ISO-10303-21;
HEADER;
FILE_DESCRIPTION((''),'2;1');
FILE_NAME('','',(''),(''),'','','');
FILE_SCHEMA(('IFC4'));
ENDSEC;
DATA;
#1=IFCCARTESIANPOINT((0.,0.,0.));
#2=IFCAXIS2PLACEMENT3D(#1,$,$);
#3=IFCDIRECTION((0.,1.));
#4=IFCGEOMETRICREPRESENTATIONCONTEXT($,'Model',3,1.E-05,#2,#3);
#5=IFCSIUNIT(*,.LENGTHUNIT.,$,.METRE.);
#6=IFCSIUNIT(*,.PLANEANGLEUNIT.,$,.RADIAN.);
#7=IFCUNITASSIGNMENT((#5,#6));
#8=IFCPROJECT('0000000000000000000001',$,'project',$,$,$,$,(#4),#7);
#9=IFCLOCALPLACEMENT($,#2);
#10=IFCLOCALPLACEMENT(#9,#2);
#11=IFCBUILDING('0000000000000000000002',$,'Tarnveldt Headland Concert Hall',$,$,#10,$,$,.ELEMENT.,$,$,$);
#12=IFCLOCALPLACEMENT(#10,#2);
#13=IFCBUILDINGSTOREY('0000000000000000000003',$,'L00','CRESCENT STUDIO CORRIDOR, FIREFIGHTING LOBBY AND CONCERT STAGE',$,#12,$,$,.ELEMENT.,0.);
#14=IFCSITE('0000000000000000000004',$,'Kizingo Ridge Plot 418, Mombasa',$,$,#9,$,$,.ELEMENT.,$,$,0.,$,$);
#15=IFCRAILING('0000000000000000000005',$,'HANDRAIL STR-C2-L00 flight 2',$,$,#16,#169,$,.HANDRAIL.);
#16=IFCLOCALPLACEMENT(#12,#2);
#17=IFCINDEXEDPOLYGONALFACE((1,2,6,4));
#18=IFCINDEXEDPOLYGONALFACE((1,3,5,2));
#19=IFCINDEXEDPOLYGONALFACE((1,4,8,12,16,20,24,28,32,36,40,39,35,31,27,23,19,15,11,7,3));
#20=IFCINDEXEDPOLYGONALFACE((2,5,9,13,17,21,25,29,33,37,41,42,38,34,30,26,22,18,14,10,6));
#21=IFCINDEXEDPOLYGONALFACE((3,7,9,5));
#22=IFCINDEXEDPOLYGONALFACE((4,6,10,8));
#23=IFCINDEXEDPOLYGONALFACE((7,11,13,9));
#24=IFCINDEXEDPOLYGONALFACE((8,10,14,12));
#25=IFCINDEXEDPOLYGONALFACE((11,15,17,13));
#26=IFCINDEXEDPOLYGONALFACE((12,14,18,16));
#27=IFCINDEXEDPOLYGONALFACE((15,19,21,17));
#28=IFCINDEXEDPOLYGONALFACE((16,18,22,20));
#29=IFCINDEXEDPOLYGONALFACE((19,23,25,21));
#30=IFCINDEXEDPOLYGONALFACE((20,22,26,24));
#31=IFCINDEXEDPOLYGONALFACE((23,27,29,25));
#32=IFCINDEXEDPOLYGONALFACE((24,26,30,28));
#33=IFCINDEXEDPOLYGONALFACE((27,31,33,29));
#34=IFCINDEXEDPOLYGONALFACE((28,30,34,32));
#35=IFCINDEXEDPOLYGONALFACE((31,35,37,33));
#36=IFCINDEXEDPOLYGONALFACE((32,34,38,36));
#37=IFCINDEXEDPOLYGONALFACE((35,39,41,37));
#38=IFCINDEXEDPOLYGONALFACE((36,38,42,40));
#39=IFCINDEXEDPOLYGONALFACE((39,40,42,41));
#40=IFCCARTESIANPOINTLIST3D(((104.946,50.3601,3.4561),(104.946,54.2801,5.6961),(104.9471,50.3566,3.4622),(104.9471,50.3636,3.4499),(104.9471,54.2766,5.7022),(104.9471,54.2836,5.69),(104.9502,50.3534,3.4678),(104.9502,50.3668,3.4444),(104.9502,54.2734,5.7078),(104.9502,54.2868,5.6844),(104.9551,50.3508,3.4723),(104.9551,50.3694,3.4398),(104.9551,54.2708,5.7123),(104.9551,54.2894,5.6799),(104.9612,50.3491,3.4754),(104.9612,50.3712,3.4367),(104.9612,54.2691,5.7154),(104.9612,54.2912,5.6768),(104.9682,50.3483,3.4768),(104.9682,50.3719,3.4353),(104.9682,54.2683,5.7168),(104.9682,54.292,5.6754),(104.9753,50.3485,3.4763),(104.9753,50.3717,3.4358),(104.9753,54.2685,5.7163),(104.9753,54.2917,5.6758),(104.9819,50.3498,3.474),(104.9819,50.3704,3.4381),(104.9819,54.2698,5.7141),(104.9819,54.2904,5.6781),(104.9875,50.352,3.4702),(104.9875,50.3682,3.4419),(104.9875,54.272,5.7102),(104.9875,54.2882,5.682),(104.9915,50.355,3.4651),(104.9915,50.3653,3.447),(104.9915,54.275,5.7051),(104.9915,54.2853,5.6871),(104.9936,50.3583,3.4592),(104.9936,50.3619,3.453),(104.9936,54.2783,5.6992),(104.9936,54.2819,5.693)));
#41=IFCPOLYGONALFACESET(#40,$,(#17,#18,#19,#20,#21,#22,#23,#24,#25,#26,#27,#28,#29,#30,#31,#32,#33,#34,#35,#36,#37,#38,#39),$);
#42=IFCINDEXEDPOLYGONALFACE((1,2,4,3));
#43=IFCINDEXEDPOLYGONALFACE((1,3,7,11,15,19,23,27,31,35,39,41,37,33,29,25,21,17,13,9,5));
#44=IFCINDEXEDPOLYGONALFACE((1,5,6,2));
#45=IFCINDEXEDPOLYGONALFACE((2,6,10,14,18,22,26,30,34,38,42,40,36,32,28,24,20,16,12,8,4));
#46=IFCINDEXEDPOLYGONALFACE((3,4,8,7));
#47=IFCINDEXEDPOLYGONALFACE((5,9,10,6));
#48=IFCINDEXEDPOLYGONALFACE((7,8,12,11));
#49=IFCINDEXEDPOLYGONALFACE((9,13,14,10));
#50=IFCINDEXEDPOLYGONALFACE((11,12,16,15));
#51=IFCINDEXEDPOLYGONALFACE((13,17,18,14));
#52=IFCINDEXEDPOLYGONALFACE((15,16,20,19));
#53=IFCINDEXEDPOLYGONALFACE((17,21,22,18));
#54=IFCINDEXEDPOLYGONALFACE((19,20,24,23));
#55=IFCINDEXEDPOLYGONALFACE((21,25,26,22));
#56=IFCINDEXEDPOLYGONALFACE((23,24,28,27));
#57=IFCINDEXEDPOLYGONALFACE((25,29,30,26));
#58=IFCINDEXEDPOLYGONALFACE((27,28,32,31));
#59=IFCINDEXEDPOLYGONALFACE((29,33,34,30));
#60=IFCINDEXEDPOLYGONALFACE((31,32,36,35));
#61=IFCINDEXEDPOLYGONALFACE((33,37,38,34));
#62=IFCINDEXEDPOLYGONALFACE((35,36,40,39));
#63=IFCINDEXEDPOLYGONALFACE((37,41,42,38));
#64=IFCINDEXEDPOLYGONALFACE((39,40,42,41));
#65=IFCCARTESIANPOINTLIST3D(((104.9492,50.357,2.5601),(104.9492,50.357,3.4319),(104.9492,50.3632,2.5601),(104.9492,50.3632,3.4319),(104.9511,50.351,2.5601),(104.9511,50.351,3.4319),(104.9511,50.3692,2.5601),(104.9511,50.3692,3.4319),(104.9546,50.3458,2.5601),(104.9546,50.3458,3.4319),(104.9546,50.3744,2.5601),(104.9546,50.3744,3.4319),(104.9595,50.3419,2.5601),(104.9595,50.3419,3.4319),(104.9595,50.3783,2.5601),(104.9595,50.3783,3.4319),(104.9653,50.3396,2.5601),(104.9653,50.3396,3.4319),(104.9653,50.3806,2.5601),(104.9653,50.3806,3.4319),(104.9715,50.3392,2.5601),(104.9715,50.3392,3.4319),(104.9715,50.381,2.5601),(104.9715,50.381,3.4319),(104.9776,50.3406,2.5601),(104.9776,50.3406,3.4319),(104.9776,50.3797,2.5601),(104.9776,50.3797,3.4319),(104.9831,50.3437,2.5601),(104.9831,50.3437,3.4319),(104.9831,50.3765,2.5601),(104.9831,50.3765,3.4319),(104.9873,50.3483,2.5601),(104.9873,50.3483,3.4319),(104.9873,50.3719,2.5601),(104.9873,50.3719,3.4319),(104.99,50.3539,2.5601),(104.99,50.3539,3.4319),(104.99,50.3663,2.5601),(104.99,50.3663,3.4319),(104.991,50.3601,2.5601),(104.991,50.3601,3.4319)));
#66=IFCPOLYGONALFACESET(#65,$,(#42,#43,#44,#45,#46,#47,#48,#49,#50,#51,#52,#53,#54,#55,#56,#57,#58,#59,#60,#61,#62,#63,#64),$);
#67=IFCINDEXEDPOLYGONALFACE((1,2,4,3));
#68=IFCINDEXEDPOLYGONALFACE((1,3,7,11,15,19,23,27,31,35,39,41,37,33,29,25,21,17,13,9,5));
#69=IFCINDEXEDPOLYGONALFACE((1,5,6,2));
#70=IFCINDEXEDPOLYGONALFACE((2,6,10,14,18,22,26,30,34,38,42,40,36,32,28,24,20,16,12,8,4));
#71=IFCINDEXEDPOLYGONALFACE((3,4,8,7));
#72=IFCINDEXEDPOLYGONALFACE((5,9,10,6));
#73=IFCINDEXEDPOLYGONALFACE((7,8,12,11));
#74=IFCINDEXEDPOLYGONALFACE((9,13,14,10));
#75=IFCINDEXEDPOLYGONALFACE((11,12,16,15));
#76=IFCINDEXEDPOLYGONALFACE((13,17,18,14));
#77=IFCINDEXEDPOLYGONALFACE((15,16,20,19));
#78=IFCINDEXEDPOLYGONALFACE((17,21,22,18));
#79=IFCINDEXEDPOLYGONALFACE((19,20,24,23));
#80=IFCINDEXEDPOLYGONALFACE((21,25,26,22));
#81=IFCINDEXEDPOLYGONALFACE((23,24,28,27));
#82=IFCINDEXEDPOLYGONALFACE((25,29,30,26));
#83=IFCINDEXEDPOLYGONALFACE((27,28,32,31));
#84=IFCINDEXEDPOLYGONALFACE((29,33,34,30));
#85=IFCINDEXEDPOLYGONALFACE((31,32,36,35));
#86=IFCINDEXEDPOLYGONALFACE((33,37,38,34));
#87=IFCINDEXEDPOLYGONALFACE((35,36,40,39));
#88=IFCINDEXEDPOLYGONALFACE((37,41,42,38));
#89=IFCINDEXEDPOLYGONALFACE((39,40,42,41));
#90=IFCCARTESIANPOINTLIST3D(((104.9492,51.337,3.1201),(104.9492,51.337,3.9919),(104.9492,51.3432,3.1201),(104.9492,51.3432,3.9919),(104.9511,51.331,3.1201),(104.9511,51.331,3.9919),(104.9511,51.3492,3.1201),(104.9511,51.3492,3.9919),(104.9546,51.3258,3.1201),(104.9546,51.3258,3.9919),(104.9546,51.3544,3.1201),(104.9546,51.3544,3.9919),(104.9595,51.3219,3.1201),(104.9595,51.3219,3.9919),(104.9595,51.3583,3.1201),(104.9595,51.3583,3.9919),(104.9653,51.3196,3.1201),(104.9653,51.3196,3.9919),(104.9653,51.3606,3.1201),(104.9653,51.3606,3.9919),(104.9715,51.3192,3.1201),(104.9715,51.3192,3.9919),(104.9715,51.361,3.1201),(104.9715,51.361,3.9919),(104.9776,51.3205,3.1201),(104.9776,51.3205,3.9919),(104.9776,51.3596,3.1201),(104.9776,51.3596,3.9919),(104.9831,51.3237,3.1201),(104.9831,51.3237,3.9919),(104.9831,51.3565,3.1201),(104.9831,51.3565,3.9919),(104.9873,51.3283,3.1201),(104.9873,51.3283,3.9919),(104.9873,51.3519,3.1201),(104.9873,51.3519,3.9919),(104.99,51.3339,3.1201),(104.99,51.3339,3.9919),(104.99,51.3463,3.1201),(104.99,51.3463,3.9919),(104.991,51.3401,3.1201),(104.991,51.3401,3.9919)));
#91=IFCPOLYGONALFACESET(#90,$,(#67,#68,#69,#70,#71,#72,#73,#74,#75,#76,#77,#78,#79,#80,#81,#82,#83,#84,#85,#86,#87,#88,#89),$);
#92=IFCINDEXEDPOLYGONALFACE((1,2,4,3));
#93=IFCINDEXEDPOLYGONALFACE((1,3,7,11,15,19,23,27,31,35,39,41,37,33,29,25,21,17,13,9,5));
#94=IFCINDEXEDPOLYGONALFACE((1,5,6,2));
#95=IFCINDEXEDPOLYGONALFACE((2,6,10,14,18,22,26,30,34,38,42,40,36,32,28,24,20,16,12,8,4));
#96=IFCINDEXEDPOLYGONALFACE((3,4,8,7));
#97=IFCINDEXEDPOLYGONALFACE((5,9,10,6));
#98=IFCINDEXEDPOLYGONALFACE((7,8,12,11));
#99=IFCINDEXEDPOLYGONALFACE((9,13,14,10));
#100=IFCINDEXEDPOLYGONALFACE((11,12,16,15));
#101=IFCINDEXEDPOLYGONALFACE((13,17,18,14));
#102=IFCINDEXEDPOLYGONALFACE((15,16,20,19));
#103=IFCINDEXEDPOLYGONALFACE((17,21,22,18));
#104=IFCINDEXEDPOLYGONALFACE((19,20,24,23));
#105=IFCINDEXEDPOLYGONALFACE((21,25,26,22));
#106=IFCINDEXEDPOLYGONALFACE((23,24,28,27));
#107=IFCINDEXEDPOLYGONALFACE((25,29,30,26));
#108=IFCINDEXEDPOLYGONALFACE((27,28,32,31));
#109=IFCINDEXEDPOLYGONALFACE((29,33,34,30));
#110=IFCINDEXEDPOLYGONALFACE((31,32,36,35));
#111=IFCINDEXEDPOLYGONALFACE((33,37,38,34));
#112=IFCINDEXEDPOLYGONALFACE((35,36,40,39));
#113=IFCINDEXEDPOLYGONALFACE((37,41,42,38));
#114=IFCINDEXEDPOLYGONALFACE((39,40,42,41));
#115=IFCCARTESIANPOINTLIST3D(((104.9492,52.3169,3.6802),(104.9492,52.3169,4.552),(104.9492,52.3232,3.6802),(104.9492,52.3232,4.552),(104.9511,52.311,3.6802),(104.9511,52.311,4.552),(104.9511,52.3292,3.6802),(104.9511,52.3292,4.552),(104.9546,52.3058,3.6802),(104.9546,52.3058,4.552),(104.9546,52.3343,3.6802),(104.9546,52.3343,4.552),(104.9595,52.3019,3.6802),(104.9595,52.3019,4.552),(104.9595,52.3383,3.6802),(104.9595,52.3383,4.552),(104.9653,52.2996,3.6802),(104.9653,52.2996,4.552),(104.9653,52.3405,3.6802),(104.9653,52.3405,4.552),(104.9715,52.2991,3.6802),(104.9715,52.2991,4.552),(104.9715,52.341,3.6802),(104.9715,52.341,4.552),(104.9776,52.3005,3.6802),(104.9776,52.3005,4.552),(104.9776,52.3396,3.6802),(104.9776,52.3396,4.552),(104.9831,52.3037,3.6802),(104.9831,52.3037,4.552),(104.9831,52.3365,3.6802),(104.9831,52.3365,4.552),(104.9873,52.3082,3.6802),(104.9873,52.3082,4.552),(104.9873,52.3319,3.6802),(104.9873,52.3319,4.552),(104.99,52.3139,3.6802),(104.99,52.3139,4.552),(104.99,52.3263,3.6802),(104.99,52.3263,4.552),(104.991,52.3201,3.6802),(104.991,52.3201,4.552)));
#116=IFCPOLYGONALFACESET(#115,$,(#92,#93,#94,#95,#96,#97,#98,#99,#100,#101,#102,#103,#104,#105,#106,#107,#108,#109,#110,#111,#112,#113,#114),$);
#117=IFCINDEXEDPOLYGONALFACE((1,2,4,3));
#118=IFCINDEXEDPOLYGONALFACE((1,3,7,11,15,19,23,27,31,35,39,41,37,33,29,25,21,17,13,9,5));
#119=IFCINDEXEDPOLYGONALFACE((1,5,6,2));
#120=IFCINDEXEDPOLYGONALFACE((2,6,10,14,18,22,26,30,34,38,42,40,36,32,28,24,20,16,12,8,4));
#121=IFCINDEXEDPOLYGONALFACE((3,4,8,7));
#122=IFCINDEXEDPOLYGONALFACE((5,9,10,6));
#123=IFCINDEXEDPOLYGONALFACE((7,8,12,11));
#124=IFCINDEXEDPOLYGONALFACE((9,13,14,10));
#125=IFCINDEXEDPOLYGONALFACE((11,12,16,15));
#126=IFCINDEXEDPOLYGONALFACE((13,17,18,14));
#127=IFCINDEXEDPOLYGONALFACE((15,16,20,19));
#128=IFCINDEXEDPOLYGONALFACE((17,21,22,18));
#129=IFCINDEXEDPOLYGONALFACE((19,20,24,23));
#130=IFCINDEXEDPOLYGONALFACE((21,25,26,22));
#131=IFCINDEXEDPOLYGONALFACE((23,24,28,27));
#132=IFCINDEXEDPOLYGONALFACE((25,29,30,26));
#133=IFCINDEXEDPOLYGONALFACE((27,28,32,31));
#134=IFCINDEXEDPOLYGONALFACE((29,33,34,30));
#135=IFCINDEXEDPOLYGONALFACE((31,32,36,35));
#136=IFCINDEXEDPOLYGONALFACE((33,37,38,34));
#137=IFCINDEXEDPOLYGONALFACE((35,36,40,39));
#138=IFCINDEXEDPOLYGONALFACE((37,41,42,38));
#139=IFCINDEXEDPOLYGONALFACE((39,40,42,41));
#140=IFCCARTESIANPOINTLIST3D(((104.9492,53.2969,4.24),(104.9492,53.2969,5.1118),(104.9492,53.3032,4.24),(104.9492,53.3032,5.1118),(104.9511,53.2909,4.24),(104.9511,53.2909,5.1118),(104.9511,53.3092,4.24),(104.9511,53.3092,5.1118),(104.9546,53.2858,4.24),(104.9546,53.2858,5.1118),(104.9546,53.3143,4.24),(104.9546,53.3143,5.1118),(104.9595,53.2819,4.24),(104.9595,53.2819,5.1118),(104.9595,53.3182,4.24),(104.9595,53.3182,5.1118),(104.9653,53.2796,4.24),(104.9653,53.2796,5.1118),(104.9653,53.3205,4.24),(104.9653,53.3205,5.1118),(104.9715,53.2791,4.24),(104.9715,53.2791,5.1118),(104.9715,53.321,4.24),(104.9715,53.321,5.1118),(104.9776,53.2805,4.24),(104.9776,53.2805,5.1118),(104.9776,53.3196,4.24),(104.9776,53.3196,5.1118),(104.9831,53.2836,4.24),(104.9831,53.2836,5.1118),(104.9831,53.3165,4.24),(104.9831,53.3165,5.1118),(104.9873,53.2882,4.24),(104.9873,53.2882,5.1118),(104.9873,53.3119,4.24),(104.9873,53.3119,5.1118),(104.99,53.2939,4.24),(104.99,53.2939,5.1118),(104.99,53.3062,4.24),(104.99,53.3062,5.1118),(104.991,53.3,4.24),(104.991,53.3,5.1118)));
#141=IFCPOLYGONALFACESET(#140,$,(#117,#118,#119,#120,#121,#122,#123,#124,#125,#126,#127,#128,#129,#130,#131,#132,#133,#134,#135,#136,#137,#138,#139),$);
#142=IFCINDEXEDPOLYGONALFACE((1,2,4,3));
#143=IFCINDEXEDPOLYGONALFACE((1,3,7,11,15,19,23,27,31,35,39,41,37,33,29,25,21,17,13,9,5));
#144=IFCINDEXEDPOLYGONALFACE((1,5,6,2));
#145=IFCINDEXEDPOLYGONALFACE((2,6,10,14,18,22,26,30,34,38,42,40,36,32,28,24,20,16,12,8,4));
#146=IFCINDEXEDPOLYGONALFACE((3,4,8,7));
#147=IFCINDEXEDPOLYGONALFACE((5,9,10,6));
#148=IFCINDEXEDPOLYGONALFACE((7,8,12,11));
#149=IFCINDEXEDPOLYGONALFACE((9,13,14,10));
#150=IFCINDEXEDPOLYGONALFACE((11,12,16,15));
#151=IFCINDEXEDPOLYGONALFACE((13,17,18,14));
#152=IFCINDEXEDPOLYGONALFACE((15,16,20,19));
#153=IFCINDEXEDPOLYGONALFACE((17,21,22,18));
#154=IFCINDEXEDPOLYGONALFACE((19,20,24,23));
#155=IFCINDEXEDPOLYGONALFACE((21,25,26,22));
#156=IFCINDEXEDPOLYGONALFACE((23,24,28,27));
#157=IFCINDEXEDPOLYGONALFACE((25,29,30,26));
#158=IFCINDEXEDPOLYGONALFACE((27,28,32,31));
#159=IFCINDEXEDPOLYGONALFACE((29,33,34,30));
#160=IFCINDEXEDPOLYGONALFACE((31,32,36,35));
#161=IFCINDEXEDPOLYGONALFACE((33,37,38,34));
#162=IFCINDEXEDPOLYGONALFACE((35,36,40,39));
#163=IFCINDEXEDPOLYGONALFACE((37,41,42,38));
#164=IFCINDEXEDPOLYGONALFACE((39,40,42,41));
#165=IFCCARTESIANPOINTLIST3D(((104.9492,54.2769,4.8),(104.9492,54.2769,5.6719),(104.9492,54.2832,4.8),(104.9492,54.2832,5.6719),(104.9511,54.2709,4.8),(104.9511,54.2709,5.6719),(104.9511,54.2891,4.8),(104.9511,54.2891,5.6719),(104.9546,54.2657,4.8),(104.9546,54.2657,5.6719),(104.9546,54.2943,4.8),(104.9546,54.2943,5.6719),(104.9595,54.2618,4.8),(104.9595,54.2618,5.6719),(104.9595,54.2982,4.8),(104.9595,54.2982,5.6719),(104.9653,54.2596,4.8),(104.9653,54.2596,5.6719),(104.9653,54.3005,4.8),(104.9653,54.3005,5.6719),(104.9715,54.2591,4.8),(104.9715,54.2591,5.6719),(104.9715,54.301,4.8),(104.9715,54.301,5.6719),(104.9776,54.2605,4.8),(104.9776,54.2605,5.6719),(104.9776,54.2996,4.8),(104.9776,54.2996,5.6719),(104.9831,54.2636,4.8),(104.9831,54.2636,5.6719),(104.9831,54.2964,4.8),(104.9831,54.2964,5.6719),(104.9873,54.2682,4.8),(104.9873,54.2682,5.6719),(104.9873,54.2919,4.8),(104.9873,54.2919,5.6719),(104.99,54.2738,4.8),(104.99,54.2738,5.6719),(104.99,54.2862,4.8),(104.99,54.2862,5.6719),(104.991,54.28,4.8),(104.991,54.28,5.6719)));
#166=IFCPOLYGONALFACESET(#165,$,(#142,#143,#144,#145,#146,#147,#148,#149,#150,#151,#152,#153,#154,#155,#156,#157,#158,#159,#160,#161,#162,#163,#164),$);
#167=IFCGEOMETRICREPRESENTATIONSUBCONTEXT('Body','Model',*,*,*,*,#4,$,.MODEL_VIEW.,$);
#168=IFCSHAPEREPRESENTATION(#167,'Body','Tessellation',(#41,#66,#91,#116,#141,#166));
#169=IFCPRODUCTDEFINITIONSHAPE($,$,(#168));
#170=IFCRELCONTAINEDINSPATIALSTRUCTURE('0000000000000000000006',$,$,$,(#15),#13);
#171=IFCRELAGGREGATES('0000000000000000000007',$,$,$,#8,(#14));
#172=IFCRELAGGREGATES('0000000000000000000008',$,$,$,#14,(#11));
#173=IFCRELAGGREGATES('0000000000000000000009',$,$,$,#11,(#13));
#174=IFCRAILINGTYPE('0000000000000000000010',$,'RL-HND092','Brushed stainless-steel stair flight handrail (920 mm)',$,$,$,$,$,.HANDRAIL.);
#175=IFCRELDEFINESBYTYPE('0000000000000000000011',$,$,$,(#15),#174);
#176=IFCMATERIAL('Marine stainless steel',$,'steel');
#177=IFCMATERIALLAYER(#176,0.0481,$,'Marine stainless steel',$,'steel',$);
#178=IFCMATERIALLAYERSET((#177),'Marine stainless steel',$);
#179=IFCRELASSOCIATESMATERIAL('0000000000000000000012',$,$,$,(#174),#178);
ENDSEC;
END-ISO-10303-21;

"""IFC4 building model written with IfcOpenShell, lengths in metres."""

from ifc_helpers import new_model, si_unit, direction, frame, origin, origin_2d, place, context, subcontext, project, spatial, circle, extrude, material, layer, layer_set, type_object, element, save


model = new_model("IFC4")

# Units and contexts
model_context = context("Model", 3, precision=1e-05, world=origin(), true_north=direction((0.0, 1.0)))
body_context = subcontext(model_context, "Body", "Model", "MODEL_VIEW")
ifc_project = project(units=[si_unit("LENGTHUNIT", "METRE"), si_unit("PLANEANGLEUNIT", "RADIAN")], contexts=[model_context])

# Site, building, storey
site_placement = place(None, origin())
site = spatial("IfcSite", under=ifc_project, at=site_placement, Name="Kizingo Ridge Plot 418, Mombasa", CompositionType="ELEMENT", RefElevation=0.0)
building_placement = place(site_placement, origin())
building = spatial("IfcBuilding", under=site, at=building_placement, Name="Tarnveldt Headland Concert Hall", CompositionType="ELEMENT")
storey_placement = place(building_placement, origin())
storey = spatial("IfcBuildingStorey", under=building, at=storey_placement, Name="L00", Description="CRESCENT STUDIO CORRIDOR, FIREFIGHTING LOBBY AND CONCERT STAGE", CompositionType="ELEMENT", Elevation=0.0)

# Railing
ifc_material_1 = material(Name="Marine stainless steel", Category="steel")
ifc_layer_1 = layer(ifc_material_1, 0.0481, Name="Marine stainless steel", Category="steel")
ifc_layer_set_1 = layer_set([ifc_layer_1], Name="Marine stainless steel")
railing_type_1 = type_object("IfcRailingType", Name="RL-HND092", Description="Brushed stainless-steel stair flight handrail (920 mm)", PredefinedType="HANDRAIL", material=ifc_layer_set_1)
railing_1_placement = place(storey_placement, frame((104.97, 50.3601, 2.5601)))
element("IfcRailing", 1, at=railing_1_placement, inside=storey, type_object=railing_type_1, Name="HANDRAIL STR-C2-L00 flight 2", PredefinedType="HANDRAIL", context=body_context, shape_type="SweptSolid", body=[
    extrude(circle(Radius=0.0239, at=origin_2d()), frame((0.0, 0.0, 0.896), z_axis=(0.0, 0.86824, 0.496145), x_axis=(-1.0, 0.0, 0.0)), (0.0, 0.0, 1.0), 4.5149),
    extrude(circle(Radius=0.021, at=origin_2d()), origin(), (0.0, 0.0, 1.0), 0.8718),
    extrude(circle(Radius=0.021, at=origin_2d()), frame((0.0, 0.98, 0.5601)), (0.0, 0.0, 1.0), 0.8718),
    extrude(circle(Radius=0.021, at=origin_2d()), frame((0.0, 1.96, 1.1201)), (0.0, 0.0, 1.0), 0.8718),
    extrude(circle(Radius=0.021, at=origin_2d()), frame((0.0, 2.9399, 1.6799)), (0.0, 0.0, 1.0), 0.8718),
    extrude(circle(Radius=0.021, at=origin_2d()), frame((0.0, 3.9199, 2.24)), (0.0, 0.0, 1.0), 0.8718),
])

save(model, "model.ifc")
